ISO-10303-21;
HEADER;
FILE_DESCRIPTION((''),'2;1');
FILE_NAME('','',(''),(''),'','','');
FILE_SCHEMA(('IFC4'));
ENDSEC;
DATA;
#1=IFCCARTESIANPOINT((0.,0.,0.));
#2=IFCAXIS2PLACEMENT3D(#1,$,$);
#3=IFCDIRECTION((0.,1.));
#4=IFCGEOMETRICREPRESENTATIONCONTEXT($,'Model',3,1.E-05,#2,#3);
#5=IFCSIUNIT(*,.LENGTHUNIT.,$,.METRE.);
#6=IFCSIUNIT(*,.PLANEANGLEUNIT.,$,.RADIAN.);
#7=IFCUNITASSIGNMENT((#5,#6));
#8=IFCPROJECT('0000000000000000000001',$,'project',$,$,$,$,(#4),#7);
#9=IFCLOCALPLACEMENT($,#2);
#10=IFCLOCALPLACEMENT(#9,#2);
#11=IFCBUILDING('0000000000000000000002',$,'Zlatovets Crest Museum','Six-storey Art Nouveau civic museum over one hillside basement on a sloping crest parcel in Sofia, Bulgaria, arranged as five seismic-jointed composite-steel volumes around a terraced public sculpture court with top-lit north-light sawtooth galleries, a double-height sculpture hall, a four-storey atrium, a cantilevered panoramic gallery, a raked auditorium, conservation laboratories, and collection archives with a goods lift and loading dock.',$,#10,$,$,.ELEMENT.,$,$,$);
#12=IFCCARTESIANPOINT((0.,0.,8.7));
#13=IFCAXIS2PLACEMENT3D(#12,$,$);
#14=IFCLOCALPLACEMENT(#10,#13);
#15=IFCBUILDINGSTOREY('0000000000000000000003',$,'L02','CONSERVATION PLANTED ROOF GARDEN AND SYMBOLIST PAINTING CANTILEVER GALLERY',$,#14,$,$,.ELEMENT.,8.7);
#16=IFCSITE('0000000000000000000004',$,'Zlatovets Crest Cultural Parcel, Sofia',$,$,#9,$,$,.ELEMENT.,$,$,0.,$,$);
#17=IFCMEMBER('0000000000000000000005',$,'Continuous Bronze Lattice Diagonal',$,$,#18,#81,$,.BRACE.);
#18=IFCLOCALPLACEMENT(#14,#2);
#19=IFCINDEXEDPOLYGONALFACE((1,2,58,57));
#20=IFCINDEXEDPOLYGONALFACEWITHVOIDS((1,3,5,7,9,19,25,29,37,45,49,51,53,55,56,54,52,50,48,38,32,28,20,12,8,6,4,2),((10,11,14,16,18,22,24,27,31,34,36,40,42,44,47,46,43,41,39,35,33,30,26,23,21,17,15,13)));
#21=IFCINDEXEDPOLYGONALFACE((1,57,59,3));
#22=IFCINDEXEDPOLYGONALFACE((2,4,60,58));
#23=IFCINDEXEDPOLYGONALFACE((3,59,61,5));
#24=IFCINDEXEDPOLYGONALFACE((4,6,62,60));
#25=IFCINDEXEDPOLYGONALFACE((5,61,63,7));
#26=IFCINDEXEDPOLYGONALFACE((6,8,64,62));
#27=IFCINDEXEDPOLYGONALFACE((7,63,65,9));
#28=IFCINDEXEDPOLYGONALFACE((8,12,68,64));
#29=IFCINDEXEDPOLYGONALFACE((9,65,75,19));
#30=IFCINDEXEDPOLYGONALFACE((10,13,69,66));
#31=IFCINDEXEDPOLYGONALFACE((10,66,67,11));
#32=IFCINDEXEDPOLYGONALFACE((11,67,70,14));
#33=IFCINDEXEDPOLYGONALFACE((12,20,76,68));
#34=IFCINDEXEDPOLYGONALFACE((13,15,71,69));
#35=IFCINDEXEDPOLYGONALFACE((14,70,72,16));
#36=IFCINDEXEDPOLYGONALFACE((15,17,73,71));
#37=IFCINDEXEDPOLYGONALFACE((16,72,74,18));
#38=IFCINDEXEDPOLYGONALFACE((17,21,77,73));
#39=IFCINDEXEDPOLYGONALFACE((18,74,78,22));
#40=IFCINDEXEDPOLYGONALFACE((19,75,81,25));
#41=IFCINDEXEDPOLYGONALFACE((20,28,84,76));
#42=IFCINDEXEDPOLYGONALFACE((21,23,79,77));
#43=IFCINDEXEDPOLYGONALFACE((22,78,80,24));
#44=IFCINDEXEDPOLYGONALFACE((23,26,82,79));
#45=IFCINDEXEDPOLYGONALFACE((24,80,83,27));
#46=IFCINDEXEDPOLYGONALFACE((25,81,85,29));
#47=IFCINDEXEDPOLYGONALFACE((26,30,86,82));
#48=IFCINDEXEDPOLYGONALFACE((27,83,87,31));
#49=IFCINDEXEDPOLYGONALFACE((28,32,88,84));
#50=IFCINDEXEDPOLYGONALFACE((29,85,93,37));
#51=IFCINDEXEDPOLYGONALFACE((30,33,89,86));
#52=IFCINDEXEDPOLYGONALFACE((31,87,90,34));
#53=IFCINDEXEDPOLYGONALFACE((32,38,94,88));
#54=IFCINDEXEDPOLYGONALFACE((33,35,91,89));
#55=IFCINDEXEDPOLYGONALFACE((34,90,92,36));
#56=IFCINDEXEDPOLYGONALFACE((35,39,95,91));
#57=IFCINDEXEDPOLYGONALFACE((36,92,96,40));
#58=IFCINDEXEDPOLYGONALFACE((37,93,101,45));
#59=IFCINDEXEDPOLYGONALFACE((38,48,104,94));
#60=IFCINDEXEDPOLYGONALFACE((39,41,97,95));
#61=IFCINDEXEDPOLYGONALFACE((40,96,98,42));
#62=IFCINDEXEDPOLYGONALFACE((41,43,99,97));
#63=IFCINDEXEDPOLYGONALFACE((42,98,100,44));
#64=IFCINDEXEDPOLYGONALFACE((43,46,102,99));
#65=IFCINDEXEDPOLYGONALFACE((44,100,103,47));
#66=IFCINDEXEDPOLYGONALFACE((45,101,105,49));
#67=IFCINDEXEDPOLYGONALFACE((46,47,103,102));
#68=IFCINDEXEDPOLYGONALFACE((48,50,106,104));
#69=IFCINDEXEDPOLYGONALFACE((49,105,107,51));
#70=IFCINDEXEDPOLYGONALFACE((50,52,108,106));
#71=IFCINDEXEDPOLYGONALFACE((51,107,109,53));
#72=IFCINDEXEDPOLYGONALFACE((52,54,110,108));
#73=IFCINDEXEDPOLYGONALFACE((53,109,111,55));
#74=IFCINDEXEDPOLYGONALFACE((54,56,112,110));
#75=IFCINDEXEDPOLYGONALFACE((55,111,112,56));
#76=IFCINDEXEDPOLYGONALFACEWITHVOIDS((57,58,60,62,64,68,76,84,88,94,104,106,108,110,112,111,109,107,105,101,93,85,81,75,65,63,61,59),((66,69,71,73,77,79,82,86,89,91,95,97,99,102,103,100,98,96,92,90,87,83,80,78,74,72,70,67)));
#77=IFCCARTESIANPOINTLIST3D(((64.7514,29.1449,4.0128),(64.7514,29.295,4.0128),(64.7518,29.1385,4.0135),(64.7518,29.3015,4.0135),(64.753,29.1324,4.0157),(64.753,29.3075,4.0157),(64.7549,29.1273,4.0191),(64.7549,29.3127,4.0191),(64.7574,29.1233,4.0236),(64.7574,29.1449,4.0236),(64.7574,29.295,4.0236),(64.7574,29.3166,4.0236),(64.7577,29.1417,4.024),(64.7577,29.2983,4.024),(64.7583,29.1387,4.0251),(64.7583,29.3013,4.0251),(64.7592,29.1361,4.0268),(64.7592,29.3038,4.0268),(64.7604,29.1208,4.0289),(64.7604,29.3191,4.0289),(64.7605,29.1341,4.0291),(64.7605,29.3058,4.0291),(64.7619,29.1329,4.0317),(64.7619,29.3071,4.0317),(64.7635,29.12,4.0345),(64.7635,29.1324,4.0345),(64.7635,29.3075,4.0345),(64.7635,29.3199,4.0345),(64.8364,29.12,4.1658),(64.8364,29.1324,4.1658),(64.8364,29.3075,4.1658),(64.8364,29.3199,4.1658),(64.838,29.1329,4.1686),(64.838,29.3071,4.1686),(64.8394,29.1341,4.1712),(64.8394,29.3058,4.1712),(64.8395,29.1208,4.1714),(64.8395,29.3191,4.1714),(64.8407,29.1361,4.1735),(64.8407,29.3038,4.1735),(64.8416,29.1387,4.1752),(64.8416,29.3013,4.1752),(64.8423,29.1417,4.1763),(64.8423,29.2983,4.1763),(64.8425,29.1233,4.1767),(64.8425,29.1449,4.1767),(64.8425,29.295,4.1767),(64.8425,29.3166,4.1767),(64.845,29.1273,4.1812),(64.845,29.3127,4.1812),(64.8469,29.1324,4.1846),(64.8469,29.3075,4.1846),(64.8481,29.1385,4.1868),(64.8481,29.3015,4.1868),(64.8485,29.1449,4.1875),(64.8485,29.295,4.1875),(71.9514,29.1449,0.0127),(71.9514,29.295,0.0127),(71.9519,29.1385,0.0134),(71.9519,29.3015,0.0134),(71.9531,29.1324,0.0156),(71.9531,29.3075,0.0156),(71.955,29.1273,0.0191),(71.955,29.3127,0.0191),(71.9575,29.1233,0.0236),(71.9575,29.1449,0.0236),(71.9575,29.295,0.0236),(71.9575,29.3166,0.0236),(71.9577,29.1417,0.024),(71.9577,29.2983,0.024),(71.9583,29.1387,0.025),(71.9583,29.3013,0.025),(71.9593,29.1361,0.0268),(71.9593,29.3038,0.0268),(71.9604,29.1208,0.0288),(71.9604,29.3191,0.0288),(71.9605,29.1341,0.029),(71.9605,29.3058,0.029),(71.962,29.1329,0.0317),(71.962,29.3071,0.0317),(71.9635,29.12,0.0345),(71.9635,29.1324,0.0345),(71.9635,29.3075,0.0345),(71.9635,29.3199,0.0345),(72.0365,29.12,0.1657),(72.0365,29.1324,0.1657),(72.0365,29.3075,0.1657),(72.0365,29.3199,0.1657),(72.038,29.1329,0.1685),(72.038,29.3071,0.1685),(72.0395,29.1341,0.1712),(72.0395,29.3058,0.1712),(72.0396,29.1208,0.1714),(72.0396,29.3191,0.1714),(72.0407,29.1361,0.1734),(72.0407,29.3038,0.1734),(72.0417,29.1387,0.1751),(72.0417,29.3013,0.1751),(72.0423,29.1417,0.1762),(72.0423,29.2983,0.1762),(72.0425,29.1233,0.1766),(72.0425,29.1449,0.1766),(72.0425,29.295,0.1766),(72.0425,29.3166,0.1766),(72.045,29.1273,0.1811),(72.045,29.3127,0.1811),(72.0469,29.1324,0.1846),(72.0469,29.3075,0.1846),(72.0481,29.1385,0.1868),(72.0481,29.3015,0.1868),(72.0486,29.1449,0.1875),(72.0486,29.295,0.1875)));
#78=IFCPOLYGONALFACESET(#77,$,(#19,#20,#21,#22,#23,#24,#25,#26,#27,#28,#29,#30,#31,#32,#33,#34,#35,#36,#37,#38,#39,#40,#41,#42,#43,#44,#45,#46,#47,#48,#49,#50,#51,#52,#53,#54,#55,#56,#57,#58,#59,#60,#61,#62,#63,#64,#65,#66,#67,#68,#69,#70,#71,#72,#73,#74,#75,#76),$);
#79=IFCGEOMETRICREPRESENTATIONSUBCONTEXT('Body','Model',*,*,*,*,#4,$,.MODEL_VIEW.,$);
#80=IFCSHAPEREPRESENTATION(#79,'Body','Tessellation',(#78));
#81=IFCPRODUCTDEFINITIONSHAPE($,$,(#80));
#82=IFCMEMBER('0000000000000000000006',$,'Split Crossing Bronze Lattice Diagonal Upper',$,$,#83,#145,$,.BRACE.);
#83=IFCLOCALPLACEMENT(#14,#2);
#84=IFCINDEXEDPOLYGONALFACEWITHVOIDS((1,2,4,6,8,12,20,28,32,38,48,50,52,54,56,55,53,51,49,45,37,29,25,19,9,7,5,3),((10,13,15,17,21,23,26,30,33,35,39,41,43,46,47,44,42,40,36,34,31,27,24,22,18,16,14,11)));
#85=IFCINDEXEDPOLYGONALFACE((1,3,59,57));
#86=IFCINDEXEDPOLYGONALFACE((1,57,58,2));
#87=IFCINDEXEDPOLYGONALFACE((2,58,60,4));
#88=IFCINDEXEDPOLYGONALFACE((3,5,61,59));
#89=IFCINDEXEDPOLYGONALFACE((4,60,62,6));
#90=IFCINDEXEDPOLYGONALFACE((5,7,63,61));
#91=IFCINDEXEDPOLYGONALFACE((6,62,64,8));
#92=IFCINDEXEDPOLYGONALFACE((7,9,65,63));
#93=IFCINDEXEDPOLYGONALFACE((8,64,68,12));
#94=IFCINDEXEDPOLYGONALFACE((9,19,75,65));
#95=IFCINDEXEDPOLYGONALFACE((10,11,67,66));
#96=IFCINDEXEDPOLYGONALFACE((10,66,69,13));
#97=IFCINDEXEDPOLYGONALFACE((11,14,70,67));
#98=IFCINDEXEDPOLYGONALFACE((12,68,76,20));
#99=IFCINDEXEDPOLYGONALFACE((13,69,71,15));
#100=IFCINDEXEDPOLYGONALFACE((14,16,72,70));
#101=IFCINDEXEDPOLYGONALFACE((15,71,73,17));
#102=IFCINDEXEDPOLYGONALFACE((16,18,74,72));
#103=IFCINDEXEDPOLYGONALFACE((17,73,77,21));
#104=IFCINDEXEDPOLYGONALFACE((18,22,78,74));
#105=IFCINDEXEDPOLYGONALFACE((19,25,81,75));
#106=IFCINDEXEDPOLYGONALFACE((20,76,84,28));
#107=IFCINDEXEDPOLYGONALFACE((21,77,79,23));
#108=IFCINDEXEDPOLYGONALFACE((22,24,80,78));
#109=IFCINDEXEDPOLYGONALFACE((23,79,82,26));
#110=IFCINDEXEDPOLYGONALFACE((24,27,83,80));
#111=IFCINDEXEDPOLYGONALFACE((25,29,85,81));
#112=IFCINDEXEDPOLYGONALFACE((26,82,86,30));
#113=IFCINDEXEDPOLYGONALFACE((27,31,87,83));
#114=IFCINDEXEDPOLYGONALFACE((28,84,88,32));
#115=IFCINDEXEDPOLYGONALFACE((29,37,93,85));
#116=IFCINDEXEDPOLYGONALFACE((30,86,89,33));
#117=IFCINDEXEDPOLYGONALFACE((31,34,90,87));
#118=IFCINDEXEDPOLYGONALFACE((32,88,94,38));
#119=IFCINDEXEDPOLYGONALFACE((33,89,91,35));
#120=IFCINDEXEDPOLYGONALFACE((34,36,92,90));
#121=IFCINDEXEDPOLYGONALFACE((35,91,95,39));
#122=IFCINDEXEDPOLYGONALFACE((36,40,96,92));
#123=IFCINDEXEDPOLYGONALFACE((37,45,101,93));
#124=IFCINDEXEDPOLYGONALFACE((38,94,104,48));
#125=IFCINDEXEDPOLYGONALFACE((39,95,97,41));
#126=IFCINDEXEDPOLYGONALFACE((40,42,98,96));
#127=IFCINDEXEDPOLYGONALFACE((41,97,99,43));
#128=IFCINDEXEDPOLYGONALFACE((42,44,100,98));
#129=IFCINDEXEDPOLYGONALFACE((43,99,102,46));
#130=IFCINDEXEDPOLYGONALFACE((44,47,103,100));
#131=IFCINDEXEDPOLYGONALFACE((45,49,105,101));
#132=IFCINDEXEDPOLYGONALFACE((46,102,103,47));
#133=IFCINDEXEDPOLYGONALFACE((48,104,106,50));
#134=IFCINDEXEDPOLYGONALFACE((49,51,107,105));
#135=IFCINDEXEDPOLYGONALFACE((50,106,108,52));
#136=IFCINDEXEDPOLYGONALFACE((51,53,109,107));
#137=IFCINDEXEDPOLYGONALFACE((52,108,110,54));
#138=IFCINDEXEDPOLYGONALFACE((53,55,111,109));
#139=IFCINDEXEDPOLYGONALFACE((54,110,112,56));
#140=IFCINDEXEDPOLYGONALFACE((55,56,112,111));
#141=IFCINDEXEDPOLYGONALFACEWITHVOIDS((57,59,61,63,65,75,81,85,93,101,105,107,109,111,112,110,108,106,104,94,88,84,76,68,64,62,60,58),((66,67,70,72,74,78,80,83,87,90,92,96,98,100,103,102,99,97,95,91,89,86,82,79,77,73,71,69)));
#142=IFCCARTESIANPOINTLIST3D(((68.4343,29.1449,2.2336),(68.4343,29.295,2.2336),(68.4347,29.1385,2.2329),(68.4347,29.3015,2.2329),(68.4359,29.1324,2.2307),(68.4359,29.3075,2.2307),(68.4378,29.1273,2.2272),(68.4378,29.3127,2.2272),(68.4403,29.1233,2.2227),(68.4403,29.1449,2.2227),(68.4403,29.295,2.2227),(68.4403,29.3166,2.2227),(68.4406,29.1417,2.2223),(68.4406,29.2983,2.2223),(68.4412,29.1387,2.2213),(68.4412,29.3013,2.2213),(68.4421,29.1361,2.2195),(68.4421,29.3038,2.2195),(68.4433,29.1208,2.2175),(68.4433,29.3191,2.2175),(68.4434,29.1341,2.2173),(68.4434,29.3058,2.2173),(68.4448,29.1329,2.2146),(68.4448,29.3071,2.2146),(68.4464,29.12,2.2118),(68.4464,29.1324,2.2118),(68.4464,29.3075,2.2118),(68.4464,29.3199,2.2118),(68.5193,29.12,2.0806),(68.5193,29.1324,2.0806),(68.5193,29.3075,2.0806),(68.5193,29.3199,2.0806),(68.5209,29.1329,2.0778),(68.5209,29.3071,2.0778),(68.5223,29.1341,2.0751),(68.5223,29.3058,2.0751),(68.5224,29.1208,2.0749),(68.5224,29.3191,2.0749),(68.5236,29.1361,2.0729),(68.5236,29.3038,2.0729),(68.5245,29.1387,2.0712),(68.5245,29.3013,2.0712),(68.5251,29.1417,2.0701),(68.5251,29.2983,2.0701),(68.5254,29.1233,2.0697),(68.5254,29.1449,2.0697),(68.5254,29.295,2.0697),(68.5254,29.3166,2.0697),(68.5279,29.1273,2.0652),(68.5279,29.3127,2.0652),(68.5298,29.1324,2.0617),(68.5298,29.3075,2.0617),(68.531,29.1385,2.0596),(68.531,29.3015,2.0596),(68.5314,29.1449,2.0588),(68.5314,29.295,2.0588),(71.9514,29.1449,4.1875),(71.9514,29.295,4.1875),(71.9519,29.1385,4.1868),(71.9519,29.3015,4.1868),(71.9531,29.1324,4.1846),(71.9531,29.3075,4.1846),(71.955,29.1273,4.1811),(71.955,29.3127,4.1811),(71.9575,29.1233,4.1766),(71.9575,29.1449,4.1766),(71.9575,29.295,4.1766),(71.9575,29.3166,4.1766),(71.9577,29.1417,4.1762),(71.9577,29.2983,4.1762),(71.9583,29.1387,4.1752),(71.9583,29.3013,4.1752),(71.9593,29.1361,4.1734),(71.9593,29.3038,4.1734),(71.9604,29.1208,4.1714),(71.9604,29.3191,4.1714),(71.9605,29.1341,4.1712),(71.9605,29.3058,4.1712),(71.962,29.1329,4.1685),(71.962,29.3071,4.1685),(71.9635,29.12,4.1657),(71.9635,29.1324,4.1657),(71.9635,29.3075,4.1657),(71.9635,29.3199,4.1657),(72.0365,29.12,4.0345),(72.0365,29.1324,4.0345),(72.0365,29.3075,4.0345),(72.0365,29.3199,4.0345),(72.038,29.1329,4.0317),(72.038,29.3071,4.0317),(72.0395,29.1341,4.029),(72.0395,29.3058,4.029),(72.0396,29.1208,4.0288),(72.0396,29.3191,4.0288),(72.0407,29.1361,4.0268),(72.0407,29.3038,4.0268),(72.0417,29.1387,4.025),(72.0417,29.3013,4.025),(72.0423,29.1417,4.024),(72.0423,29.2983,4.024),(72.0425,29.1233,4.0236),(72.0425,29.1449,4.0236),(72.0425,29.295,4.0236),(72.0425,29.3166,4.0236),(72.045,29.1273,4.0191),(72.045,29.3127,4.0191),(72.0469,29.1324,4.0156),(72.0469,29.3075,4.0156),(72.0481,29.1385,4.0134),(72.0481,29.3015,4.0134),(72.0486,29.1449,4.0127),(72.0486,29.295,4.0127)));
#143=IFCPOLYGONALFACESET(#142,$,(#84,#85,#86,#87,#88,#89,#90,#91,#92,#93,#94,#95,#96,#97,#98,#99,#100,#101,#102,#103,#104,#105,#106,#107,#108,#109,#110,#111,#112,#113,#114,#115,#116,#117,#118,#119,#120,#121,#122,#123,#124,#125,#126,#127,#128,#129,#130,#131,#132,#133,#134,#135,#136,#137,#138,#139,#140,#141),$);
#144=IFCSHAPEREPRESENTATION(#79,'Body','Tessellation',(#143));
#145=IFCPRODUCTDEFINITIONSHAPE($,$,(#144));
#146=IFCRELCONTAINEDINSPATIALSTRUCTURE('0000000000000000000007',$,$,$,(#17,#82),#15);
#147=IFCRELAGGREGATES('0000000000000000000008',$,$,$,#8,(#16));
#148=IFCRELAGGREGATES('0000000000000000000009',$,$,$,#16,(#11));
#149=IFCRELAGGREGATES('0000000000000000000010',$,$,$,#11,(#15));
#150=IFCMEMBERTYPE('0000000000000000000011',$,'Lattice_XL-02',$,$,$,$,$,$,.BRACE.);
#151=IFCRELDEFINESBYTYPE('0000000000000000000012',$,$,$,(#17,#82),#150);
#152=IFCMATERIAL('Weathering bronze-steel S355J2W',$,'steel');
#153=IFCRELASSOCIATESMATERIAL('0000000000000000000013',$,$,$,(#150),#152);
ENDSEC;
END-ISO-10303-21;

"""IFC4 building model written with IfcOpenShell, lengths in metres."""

from ifc_helpers import new_model, si_unit, direction, frame, origin, origin_2d, place, context, subcontext, project, spatial, hollow_rectangle, extrude, material, material_profile, profile_set, type_object, element, save


model = new_model("IFC4")

# Units and contexts
model_context = context("Model", 3, precision=1e-05, world=origin(), true_north=direction((0.0, 1.0)))
body_context = subcontext(model_context, "Body", "Model", "MODEL_VIEW")
ifc_project = project(units=[si_unit("LENGTHUNIT", "METRE"), si_unit("PLANEANGLEUNIT", "RADIAN")], contexts=[model_context])

# Site, building, storey
site_placement = place(None, origin())
site = spatial("IfcSite", under=ifc_project, at=site_placement, Name="Zlatovets Crest Cultural Parcel, Sofia", CompositionType="ELEMENT", RefElevation=0.0)
building_placement = place(site_placement, origin())
building = spatial("IfcBuilding", under=site, at=building_placement, Name="Zlatovets Crest Museum", Description="Six-storey Art Nouveau civic museum over one hillside basement on a sloping crest parcel in Sofia, Bulgaria, arranged as five seismic-jointed composite-steel volumes around a terraced public sculpture court with top-lit north-light sawtooth galleries, a double-height sculpture hall, a four-storey atrium, a cantilevered panoramic gallery, a raked auditorium, conservation laboratories, and collection archives with a goods lift and loading dock.", CompositionType="ELEMENT")
storey_placement = place(building_placement, frame((0.0, 0.0, 8.7)))
storey = spatial("IfcBuildingStorey", under=building, at=storey_placement, Name="L02", Description="CONSERVATION PLANTED ROOF GARDEN AND SYMBOLIST PAINTING CANTILEVER GALLERY", CompositionType="ELEMENT", Elevation=8.7)

# Members
ifc_material_1 = material(Name="Weathering bronze-steel S355J2W", Category="steel")
ifc_material_profile_1 = material_profile(ifc_material_1, hollow_rectangle(XDim=0.2, YDim=0.2, WallThickness=0.0125, InnerFilletRadius=0.0125, OuterFilletRadius=0.0249, at=origin_2d()), Name="SHS 200x200x12.5")
ifc_profile_set_1 = profile_set([ifc_material_profile_1], Name="Weathering bronze-steel S355J2W")
member_type_1 = type_object("IfcMemberType", Name="Lattice_XL-02", PredefinedType="BRACE", material=ifc_profile_set_1)
member_1_placement = place(storey_placement, frame((72.0, 29.22, 0.1001), z_axis=(-0.874156, 0.0, 0.485645), x_axis=(0.0, -1.0, 0.0)))
element("IfcMember", 1, at=member_1_placement, inside=storey, type_object=member_type_1, Name="Continuous Bronze Lattice Diagonal", PredefinedType="BRACE", context=body_context, shape_type="SweptSolid", body=[
    extrude(hollow_rectangle(XDim=0.2, YDim=0.2, WallThickness=0.0125, InnerFilletRadius=0.0125, OuterFilletRadius=0.0249, at=origin_2d()), origin(), (0.0, 0.0, 1.0), 8.2366),
])
member_2_placement = place(storey_placement, frame((72.0, 29.22, 4.1001), z_axis=(-0.874166, 0.0, -0.485627), x_axis=(0.0, -1.0, 0.0)))
element("IfcMember", 2, at=member_2_placement, inside=storey, type_object=member_type_1, Name="Split Crossing Bronze Lattice Diagonal Upper", PredefinedType="BRACE", context=body_context, shape_type="SweptSolid", body=[
    extrude(hollow_rectangle(XDim=0.2, YDim=0.2, WallThickness=0.0125, InnerFilletRadius=0.0125, OuterFilletRadius=0.0249, at=origin_2d()), origin(), (0.0, 0.0, 1.0), 4.0234),
])

save(model, "model.ifc")
